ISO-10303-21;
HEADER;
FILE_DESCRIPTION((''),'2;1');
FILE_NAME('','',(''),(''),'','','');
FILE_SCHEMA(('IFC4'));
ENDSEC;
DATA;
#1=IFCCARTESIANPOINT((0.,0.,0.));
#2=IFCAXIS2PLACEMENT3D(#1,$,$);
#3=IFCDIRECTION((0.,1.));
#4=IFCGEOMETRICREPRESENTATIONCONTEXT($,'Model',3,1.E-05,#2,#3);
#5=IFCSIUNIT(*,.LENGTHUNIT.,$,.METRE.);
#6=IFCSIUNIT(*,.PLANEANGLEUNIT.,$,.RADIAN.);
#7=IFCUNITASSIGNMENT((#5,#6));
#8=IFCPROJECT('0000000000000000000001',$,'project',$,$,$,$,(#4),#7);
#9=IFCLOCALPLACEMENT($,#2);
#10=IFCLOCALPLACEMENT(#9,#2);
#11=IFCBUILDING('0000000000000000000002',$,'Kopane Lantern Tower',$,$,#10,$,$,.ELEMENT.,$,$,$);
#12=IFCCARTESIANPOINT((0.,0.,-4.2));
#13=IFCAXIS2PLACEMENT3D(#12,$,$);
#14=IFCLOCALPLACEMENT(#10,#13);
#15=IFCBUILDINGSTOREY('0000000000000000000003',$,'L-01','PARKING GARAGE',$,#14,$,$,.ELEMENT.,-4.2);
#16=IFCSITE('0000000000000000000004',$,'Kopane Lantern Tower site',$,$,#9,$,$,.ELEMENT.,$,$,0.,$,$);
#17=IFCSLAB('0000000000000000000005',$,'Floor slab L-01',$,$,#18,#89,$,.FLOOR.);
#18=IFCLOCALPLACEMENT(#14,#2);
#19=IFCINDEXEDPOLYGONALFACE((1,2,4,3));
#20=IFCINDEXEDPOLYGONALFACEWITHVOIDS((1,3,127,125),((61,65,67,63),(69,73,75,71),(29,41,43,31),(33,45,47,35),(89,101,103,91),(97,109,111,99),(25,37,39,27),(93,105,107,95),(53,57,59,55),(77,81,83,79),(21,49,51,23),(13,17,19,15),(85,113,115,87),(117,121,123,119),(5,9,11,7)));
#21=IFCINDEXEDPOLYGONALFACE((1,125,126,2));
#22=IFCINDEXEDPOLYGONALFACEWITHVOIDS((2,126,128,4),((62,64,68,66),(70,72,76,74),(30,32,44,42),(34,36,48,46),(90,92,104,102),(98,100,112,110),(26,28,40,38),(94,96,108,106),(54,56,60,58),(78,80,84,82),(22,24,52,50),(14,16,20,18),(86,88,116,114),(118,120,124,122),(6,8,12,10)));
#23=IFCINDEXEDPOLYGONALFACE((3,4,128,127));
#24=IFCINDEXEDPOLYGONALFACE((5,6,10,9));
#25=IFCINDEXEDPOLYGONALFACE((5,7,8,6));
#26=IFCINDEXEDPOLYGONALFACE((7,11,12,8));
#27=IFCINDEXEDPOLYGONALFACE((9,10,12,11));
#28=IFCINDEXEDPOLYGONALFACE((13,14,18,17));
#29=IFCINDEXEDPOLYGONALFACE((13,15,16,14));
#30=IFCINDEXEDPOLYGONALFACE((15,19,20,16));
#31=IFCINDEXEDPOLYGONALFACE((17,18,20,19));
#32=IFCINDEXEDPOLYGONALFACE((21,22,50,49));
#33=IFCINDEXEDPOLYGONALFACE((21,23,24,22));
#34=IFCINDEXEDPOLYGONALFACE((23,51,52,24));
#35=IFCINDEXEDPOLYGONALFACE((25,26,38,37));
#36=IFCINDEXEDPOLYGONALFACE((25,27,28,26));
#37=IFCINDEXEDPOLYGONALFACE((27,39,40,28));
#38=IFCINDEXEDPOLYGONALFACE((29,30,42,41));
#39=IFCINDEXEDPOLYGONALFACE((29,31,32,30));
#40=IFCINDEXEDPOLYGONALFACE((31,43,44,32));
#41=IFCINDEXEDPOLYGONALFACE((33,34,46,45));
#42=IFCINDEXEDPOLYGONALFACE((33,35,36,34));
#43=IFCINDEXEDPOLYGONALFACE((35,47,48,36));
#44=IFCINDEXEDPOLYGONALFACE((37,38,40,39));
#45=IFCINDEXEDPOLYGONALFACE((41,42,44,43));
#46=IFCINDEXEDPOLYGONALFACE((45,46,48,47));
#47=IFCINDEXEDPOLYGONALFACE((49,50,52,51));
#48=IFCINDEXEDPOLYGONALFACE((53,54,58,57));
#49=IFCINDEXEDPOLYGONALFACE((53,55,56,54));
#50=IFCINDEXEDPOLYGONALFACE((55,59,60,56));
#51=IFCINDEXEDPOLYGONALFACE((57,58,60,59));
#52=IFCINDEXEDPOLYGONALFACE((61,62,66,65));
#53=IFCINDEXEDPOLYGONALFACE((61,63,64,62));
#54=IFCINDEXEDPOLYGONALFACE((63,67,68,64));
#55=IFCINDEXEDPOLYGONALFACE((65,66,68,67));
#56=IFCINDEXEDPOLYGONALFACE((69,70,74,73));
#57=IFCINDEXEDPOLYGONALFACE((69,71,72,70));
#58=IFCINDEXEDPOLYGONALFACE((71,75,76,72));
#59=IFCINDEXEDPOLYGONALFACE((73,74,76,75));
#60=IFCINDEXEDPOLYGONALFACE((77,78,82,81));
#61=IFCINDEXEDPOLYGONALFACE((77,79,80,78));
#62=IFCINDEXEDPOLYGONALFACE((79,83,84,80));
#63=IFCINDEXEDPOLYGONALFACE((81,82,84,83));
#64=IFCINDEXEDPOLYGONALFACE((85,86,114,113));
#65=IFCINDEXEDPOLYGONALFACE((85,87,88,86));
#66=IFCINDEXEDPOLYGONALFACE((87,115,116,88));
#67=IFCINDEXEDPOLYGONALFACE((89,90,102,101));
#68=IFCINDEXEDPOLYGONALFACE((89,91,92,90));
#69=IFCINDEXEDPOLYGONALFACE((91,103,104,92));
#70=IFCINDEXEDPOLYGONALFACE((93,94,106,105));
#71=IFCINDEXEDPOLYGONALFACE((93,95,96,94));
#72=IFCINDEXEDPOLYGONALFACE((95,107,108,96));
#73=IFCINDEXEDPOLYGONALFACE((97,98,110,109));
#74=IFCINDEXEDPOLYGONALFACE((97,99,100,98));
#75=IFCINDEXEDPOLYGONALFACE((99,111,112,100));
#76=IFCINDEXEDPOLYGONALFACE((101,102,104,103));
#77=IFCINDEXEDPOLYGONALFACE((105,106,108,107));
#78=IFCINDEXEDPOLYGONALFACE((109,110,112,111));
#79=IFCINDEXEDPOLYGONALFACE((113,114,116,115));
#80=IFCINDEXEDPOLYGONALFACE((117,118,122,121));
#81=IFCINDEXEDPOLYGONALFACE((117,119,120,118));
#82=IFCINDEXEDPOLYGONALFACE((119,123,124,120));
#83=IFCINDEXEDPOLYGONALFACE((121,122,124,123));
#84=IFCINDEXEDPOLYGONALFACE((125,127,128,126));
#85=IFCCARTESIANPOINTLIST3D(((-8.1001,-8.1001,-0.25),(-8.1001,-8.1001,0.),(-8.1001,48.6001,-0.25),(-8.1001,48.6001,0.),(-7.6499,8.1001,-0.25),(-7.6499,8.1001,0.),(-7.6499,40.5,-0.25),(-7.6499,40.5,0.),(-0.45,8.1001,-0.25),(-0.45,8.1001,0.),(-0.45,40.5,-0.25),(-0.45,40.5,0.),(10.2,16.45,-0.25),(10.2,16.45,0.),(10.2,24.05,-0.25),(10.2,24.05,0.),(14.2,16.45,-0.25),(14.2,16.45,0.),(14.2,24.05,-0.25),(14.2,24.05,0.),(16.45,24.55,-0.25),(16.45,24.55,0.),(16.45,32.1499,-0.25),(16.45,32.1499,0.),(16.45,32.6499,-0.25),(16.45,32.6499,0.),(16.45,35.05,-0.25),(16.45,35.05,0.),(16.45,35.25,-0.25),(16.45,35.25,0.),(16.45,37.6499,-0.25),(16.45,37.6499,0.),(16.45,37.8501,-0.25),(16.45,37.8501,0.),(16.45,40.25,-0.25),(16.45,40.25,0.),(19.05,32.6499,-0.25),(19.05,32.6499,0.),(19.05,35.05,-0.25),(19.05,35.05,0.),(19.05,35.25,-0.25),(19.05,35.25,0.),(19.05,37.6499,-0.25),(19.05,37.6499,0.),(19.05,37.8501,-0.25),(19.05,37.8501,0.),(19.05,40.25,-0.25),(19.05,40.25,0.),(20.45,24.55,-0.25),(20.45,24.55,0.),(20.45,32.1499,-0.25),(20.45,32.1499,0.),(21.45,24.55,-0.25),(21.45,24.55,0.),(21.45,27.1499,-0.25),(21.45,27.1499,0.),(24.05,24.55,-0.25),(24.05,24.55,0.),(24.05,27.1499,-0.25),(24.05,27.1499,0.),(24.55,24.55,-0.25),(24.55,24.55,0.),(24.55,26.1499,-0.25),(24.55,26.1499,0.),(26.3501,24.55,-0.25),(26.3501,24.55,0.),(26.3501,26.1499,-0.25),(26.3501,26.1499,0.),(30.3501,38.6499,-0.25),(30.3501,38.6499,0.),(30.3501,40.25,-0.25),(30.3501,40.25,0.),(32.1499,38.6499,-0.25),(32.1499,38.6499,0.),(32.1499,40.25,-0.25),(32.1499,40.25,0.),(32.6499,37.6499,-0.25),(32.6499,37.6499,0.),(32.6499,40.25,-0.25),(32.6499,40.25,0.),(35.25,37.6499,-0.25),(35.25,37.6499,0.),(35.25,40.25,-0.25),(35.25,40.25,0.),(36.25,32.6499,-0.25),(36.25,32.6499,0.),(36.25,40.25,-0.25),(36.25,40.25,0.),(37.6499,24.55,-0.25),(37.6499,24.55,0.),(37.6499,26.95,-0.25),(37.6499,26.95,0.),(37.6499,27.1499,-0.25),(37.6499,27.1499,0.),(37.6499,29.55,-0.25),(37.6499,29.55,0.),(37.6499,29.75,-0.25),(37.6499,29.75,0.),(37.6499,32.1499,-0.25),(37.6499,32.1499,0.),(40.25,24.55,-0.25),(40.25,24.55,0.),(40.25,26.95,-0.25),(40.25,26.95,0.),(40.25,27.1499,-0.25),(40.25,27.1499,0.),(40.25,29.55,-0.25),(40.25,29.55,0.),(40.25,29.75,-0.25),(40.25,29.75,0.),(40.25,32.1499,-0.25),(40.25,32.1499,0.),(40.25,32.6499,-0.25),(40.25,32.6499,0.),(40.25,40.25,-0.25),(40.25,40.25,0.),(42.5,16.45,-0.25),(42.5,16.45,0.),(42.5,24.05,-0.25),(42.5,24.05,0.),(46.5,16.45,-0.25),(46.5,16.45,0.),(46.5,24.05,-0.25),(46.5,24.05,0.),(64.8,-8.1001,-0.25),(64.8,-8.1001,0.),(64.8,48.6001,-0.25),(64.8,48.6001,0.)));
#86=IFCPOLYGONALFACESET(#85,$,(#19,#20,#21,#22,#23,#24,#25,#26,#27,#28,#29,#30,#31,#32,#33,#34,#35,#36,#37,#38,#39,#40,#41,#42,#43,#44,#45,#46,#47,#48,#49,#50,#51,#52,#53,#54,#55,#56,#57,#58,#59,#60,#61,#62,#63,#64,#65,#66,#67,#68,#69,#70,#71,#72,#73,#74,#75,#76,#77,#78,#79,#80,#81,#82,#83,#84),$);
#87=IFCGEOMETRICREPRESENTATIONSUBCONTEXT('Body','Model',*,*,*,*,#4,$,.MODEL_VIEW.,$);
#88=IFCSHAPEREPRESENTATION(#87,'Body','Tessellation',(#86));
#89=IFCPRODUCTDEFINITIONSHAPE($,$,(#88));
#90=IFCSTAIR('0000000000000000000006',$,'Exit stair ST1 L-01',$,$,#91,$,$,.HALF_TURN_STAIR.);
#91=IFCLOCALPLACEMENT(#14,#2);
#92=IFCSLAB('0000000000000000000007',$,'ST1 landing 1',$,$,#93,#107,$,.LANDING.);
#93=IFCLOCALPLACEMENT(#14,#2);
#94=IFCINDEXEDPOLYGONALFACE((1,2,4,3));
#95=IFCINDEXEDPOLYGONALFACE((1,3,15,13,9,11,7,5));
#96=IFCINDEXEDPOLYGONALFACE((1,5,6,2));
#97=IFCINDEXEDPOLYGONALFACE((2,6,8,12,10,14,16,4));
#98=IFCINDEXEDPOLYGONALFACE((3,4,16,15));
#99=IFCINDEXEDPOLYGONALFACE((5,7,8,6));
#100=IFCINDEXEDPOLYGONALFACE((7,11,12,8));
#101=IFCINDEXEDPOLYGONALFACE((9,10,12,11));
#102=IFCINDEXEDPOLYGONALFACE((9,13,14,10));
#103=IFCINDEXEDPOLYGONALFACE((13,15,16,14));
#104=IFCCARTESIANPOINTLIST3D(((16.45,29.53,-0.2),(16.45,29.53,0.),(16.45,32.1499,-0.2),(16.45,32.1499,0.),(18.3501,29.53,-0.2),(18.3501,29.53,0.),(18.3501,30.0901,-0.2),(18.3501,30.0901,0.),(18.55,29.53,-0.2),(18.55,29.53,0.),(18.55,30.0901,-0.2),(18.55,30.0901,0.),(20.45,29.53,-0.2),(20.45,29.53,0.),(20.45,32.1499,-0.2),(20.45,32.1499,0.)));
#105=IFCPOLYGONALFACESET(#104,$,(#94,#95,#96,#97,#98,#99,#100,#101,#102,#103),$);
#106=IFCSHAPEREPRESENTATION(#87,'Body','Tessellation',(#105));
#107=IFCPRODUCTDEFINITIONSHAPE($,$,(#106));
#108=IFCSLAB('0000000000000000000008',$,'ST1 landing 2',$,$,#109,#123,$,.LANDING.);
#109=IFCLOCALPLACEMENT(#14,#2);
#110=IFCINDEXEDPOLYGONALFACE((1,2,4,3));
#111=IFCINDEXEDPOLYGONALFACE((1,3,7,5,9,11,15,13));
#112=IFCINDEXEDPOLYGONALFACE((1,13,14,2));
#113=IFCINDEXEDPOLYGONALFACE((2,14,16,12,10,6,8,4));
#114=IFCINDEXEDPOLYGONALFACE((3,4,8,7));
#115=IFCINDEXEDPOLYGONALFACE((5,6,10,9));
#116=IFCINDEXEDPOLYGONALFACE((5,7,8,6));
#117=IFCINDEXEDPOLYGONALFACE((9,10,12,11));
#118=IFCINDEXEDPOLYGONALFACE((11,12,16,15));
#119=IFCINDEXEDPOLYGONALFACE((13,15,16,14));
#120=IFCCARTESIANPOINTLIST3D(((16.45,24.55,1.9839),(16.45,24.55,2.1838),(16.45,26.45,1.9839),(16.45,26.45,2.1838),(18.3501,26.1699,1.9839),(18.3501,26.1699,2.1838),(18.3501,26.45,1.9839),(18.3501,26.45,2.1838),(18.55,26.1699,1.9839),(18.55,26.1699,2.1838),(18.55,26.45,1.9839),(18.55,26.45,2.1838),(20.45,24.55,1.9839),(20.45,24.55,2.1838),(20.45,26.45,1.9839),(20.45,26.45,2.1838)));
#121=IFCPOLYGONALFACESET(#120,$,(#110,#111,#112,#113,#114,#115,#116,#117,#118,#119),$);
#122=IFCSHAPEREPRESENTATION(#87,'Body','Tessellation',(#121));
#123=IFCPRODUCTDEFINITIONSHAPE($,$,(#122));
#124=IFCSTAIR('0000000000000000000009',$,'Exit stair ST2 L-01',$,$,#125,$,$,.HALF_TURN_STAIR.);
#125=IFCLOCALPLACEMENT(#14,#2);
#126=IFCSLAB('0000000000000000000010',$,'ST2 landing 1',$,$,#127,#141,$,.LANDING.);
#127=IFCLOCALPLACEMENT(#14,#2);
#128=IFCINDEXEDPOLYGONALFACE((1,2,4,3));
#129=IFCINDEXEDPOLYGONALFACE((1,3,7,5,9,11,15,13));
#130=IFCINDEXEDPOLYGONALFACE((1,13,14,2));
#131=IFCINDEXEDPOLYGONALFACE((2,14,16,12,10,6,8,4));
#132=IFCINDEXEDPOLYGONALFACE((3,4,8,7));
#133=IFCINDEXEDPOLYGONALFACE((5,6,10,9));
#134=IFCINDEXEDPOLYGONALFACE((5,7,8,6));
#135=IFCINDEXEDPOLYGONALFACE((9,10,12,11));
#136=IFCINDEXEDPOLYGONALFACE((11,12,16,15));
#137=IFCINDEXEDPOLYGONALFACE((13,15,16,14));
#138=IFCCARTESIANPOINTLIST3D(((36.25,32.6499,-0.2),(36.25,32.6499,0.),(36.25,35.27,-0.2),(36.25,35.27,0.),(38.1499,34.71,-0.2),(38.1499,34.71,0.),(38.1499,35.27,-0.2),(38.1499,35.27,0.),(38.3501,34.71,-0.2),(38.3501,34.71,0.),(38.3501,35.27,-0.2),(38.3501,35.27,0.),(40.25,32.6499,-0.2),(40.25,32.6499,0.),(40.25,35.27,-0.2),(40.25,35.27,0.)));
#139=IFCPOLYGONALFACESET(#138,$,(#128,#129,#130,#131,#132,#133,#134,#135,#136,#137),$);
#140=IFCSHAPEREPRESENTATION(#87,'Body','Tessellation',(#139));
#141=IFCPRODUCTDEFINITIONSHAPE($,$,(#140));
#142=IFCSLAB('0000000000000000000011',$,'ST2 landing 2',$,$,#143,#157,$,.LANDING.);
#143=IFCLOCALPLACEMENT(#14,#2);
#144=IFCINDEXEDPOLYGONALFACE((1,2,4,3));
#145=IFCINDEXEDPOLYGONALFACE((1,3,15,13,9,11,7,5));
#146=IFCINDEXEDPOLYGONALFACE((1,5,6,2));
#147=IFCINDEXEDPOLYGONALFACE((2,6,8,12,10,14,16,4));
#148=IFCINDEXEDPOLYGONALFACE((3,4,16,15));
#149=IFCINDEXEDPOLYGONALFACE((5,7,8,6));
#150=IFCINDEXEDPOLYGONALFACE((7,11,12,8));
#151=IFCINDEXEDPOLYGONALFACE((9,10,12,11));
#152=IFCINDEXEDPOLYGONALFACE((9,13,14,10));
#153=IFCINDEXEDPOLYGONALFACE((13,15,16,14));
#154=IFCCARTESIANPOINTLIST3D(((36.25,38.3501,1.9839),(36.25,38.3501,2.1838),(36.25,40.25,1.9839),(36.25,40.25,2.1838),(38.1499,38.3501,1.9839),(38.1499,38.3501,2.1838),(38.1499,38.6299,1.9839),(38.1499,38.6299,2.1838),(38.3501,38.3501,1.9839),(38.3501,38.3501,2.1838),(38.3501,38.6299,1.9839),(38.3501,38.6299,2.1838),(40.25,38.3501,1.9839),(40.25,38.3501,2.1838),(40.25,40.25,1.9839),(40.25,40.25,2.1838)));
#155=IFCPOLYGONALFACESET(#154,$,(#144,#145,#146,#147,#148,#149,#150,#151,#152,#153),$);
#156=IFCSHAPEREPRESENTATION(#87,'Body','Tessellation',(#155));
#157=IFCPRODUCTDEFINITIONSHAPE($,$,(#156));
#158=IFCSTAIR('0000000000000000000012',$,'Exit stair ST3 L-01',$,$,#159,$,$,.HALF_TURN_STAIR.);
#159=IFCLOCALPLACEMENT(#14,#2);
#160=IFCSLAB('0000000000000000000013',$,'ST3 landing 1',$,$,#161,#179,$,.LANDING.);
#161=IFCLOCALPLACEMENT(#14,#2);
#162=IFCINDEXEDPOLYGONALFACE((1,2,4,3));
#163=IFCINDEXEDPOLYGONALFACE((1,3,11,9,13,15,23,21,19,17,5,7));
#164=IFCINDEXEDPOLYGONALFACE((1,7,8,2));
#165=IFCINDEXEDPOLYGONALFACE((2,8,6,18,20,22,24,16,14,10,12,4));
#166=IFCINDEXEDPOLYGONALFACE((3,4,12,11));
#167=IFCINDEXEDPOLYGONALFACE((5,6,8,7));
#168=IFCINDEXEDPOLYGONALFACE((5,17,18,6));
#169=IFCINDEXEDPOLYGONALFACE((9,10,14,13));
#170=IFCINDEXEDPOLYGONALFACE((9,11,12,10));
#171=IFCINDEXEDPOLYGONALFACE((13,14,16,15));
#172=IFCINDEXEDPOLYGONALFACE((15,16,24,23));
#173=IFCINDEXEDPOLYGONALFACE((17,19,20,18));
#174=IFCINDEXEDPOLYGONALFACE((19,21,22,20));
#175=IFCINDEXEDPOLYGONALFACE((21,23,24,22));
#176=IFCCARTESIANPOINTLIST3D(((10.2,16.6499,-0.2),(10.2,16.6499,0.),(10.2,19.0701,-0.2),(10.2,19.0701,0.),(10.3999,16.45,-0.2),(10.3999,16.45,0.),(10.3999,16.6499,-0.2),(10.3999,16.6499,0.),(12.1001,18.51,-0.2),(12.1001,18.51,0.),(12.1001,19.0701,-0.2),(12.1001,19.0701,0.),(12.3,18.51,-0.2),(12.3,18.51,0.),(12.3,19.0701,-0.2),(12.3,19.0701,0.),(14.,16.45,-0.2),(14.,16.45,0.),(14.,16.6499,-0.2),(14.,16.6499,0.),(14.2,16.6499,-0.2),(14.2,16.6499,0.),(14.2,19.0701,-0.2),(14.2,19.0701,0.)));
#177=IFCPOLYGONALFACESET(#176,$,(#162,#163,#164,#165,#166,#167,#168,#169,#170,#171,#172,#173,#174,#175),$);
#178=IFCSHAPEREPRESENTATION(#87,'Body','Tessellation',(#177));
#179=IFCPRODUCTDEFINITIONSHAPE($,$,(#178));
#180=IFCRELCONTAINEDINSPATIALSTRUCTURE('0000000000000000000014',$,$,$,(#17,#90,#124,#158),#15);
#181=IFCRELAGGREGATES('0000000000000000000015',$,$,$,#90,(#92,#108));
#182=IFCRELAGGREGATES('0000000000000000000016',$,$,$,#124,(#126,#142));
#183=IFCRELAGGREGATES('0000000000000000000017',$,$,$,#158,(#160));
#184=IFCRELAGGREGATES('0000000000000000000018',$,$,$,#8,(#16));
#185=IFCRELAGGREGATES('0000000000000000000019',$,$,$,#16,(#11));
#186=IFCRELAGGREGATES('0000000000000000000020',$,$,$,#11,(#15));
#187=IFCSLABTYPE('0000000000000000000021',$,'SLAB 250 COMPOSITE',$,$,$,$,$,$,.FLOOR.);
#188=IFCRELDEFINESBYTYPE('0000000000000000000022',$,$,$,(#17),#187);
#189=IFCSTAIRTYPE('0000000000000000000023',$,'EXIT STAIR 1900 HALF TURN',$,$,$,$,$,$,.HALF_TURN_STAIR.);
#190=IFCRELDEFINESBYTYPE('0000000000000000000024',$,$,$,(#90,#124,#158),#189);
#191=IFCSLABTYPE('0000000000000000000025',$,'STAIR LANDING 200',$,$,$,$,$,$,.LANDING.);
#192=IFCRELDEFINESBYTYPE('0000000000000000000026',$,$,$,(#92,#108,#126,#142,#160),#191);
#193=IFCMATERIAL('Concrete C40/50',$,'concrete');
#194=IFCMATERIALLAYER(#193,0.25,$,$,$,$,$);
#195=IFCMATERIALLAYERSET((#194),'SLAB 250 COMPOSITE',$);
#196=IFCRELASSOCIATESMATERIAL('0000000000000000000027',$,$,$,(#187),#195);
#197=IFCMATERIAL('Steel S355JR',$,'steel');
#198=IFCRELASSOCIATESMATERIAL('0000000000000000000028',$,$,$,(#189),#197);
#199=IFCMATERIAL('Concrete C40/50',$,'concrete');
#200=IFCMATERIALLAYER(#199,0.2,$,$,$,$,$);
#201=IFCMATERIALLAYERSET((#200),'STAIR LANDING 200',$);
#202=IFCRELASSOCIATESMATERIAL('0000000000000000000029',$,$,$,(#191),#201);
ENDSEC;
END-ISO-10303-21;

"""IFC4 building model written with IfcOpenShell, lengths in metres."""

from ifc_helpers import new_model, si_unit, direction, frame, origin, place, context, subcontext, project, spatial, polyline, outline, extrude, material, layer, layer_set, type_object, element, aggregate, save


model = new_model("IFC4")

# Units and contexts
model_context = context("Model", 3, precision=1e-05, world=origin(), true_north=direction((0.0, 1.0)))
body_context = subcontext(model_context, "Body", "Model", "MODEL_VIEW")
ifc_project = project(units=[si_unit("LENGTHUNIT", "METRE"), si_unit("PLANEANGLEUNIT", "RADIAN")], contexts=[model_context])

# Site, building, storey
site_placement = place(None, origin())
site = spatial("IfcSite", under=ifc_project, at=site_placement, Name="Kopane Lantern Tower site", CompositionType="ELEMENT", RefElevation=0.0)
building_placement = place(site_placement, origin())
building = spatial("IfcBuilding", under=site, at=building_placement, Name="Kopane Lantern Tower", CompositionType="ELEMENT")
storey_placement = place(building_placement, frame((0.0, 0.0, -4.2)))
storey = spatial("IfcBuildingStorey", under=building, at=storey_placement, Name="L-01", Description="PARKING GARAGE", CompositionType="ELEMENT", Elevation=-4.2)

# Slab
ifc_material_1 = material(Name="Concrete C40/50", Category="concrete")
ifc_layer_1 = layer(ifc_material_1, 0.25)
ifc_layer_set_1 = layer_set([ifc_layer_1], Name="SLAB 250 COMPOSITE")
slab_type_1 = type_object("IfcSlabType", Name="SLAB 250 COMPOSITE", PredefinedType="FLOOR", material=ifc_layer_set_1)
slab_1_placement = place(storey_placement, frame((0.0, 0.0, -0.25)))
element("IfcSlab", 1, at=slab_1_placement, inside=storey, type_object=slab_type_1, Name="Floor slab L-01", PredefinedType="FLOOR", context=body_context, shape_type="SweptSolid", body=[
    extrude(outline(polyline([(-8.1001, -8.1001), (64.8, -8.1001), (64.8, 48.6001), (-8.1001, 48.6001), (-8.1001, -8.1001)]), holes=[polyline([(16.45, 24.55), (20.45, 24.55), (20.45, 32.1499), (16.45, 32.1499), (16.45, 24.55)]), polyline([(36.25, 32.6499), (40.25, 32.6499), (40.25, 40.25), (36.25, 40.25), (36.25, 32.6499)]), polyline([(16.45, 32.6499), (19.05, 32.6499), (19.05, 35.05), (16.45, 35.05), (16.45, 32.6499)]), polyline([(16.45, 35.25), (19.05, 35.25), (19.05, 37.6499), (16.45, 37.6499), (16.45, 35.25)]), polyline([(16.45, 37.8501), (19.05, 37.8501), (19.05, 40.25), (16.45, 40.25), (16.45, 37.8501)]), polyline([(37.6499, 24.55), (40.25, 24.55), (40.25, 26.95), (37.6499, 26.95), (37.6499, 24.55)]), polyline([(37.6499, 27.1499), (40.25, 27.1499), (40.25, 29.55), (37.6499, 29.55), (37.6499, 27.1499)]), polyline([(37.6499, 29.75), (40.25, 29.75), (40.25, 32.1499), (37.6499, 32.1499), (37.6499, 29.75)]), polyline([(21.45, 24.55), (24.05, 24.55), (24.05, 27.1499), (21.45, 27.1499), (21.45, 24.55)]), polyline([(32.6499, 37.6499), (35.25, 37.6499), (35.25, 40.25), (32.6499, 40.25), (32.6499, 37.6499)]), polyline([(24.55, 24.55), (26.3501, 24.55), (26.3501, 26.1499), (24.55, 26.1499), (24.55, 24.55)]), polyline([(30.3501, 38.6499), (32.1499, 38.6499), (32.1499, 40.25), (30.3501, 40.25), (30.3501, 38.6499)]), polyline([(10.2, 16.45), (14.2, 16.45), (14.2, 24.05), (10.2, 24.05), (10.2, 16.45)]), polyline([(42.5, 16.45), (46.5, 16.45), (46.5, 24.05), (42.5, 24.05), (42.5, 16.45)]), polyline([(-7.6499, 8.1001), (-0.45, 8.1001), (-0.45, 40.5), (-7.6499, 40.5), (-7.6499, 8.1001)])]), origin(), (0.0, 0.0, 1.0), 0.25),
])

# Stairs, slabs
ifc_material_2 = material(Name="Steel S355JR", Category="steel")
stair_type = type_object("IfcStairType", Name="EXIT STAIR 1900 HALF TURN", PredefinedType="HALF_TURN_STAIR", material=ifc_material_2)
stair_1_placement = place(storey_placement, origin())
stair_1 = element("IfcStair", 2, at=stair_1_placement, inside=storey, type_object=stair_type, Name="Exit stair ST1 L-01", PredefinedType="HALF_TURN_STAIR")
ifc_material_3 = material(Name="Concrete C40/50", Category="concrete")
ifc_layer_2 = layer(ifc_material_3, 0.2)
ifc_layer_set_2 = layer_set([ifc_layer_2], Name="STAIR LANDING 200")
slab_type_2 = type_object("IfcSlabType", Name="STAIR LANDING 200", PredefinedType="LANDING", material=ifc_layer_set_2)
slab_2_placement = place(storey_placement, frame((0.0, 0.0, -0.2)))
slab_2 = element("IfcSlab", 3, at=slab_2_placement, type_object=slab_type_2, Name="ST1 landing 1", PredefinedType="LANDING", context=body_context, shape_type="SweptSolid", body=[
    extrude(outline(polyline([(18.3501, 30.0901), (18.55, 30.0901), (18.55, 29.53), (20.45, 29.53), (20.45, 32.1499), (16.45, 32.1499), (16.45, 29.53), (18.3501, 29.53), (18.3501, 30.0901)])), origin(), (0.0, 0.0, 1.0), 0.2),
])
slab_3_placement = place(storey_placement, frame((0.0, 0.0, 1.9839)))
slab_3 = element("IfcSlab", 4, at=slab_3_placement, type_object=slab_type_2, Name="ST1 landing 2", PredefinedType="LANDING", context=body_context, shape_type="SweptSolid", body=[
    extrude(outline(polyline([(20.45, 26.45), (18.55, 26.45), (18.55, 26.1699), (18.3501, 26.1699), (18.3501, 26.45), (16.45, 26.45), (16.45, 24.55), (20.45, 24.55), (20.45, 26.45)])), origin(), (0.0, 0.0, 1.0), 0.2),
])
aggregate(stair_1, [slab_2, slab_3])
stair_2_placement = place(storey_placement, origin())
stair_2 = element("IfcStair", 5, at=stair_2_placement, inside=storey, type_object=stair_type, Name="Exit stair ST2 L-01", PredefinedType="HALF_TURN_STAIR")
slab_4_placement = place(storey_placement, frame((0.0, 0.0, -0.2)))
slab_4 = element("IfcSlab", 6, at=slab_4_placement, type_object=slab_type_2, Name="ST2 landing 1", PredefinedType="LANDING", context=body_context, shape_type="SweptSolid", body=[
    extrude(outline(polyline([(40.25, 35.27), (38.3501, 35.27), (38.3501, 34.71), (38.1499, 34.71), (38.1499, 35.27), (36.25, 35.27), (36.25, 32.6499), (40.25, 32.6499), (40.25, 35.27)])), origin(), (0.0, 0.0, 1.0), 0.2),
])
slab_5_placement = place(storey_placement, frame((0.0, 0.0, 1.9839)))
slab_5 = element("IfcSlab", 7, at=slab_5_placement, type_object=slab_type_2, Name="ST2 landing 2", PredefinedType="LANDING", context=body_context, shape_type="SweptSolid", body=[
    extrude(outline(polyline([(38.1499, 38.6299), (38.3501, 38.6299), (38.3501, 38.3501), (40.25, 38.3501), (40.25, 40.25), (36.25, 40.25), (36.25, 38.3501), (38.1499, 38.3501), (38.1499, 38.6299)])), origin(), (0.0, 0.0, 1.0), 0.2),
])
aggregate(stair_2, [slab_4, slab_5])
stair_3_placement = place(storey_placement, origin())
stair_3 = element("IfcStair", 8, at=stair_3_placement, inside=storey, type_object=stair_type, Name="Exit stair ST3 L-01", PredefinedType="HALF_TURN_STAIR")
slab_6_placement = place(storey_placement, frame((0.0, 0.0, -0.2)))
slab_6 = element("IfcSlab", 9, at=slab_6_placement, type_object=slab_type_2, Name="ST3 landing 1", PredefinedType="LANDING", context=body_context, shape_type="SweptSolid", body=[
    extrude(outline(polyline([(10.3999, 16.6499), (10.3999, 16.45), (14.0, 16.45), (14.0, 16.6499), (14.2, 16.6499), (14.2, 19.0701), (12.3, 19.0701), (12.3, 18.51), (12.1001, 18.51), (12.1001, 19.0701), (10.2, 19.0701), (10.2, 16.6499), (10.3999, 16.6499)])), origin(), (0.0, 0.0, 1.0), 0.2),
])
aggregate(stair_3, [slab_6])

save(model, "model.ifc")
